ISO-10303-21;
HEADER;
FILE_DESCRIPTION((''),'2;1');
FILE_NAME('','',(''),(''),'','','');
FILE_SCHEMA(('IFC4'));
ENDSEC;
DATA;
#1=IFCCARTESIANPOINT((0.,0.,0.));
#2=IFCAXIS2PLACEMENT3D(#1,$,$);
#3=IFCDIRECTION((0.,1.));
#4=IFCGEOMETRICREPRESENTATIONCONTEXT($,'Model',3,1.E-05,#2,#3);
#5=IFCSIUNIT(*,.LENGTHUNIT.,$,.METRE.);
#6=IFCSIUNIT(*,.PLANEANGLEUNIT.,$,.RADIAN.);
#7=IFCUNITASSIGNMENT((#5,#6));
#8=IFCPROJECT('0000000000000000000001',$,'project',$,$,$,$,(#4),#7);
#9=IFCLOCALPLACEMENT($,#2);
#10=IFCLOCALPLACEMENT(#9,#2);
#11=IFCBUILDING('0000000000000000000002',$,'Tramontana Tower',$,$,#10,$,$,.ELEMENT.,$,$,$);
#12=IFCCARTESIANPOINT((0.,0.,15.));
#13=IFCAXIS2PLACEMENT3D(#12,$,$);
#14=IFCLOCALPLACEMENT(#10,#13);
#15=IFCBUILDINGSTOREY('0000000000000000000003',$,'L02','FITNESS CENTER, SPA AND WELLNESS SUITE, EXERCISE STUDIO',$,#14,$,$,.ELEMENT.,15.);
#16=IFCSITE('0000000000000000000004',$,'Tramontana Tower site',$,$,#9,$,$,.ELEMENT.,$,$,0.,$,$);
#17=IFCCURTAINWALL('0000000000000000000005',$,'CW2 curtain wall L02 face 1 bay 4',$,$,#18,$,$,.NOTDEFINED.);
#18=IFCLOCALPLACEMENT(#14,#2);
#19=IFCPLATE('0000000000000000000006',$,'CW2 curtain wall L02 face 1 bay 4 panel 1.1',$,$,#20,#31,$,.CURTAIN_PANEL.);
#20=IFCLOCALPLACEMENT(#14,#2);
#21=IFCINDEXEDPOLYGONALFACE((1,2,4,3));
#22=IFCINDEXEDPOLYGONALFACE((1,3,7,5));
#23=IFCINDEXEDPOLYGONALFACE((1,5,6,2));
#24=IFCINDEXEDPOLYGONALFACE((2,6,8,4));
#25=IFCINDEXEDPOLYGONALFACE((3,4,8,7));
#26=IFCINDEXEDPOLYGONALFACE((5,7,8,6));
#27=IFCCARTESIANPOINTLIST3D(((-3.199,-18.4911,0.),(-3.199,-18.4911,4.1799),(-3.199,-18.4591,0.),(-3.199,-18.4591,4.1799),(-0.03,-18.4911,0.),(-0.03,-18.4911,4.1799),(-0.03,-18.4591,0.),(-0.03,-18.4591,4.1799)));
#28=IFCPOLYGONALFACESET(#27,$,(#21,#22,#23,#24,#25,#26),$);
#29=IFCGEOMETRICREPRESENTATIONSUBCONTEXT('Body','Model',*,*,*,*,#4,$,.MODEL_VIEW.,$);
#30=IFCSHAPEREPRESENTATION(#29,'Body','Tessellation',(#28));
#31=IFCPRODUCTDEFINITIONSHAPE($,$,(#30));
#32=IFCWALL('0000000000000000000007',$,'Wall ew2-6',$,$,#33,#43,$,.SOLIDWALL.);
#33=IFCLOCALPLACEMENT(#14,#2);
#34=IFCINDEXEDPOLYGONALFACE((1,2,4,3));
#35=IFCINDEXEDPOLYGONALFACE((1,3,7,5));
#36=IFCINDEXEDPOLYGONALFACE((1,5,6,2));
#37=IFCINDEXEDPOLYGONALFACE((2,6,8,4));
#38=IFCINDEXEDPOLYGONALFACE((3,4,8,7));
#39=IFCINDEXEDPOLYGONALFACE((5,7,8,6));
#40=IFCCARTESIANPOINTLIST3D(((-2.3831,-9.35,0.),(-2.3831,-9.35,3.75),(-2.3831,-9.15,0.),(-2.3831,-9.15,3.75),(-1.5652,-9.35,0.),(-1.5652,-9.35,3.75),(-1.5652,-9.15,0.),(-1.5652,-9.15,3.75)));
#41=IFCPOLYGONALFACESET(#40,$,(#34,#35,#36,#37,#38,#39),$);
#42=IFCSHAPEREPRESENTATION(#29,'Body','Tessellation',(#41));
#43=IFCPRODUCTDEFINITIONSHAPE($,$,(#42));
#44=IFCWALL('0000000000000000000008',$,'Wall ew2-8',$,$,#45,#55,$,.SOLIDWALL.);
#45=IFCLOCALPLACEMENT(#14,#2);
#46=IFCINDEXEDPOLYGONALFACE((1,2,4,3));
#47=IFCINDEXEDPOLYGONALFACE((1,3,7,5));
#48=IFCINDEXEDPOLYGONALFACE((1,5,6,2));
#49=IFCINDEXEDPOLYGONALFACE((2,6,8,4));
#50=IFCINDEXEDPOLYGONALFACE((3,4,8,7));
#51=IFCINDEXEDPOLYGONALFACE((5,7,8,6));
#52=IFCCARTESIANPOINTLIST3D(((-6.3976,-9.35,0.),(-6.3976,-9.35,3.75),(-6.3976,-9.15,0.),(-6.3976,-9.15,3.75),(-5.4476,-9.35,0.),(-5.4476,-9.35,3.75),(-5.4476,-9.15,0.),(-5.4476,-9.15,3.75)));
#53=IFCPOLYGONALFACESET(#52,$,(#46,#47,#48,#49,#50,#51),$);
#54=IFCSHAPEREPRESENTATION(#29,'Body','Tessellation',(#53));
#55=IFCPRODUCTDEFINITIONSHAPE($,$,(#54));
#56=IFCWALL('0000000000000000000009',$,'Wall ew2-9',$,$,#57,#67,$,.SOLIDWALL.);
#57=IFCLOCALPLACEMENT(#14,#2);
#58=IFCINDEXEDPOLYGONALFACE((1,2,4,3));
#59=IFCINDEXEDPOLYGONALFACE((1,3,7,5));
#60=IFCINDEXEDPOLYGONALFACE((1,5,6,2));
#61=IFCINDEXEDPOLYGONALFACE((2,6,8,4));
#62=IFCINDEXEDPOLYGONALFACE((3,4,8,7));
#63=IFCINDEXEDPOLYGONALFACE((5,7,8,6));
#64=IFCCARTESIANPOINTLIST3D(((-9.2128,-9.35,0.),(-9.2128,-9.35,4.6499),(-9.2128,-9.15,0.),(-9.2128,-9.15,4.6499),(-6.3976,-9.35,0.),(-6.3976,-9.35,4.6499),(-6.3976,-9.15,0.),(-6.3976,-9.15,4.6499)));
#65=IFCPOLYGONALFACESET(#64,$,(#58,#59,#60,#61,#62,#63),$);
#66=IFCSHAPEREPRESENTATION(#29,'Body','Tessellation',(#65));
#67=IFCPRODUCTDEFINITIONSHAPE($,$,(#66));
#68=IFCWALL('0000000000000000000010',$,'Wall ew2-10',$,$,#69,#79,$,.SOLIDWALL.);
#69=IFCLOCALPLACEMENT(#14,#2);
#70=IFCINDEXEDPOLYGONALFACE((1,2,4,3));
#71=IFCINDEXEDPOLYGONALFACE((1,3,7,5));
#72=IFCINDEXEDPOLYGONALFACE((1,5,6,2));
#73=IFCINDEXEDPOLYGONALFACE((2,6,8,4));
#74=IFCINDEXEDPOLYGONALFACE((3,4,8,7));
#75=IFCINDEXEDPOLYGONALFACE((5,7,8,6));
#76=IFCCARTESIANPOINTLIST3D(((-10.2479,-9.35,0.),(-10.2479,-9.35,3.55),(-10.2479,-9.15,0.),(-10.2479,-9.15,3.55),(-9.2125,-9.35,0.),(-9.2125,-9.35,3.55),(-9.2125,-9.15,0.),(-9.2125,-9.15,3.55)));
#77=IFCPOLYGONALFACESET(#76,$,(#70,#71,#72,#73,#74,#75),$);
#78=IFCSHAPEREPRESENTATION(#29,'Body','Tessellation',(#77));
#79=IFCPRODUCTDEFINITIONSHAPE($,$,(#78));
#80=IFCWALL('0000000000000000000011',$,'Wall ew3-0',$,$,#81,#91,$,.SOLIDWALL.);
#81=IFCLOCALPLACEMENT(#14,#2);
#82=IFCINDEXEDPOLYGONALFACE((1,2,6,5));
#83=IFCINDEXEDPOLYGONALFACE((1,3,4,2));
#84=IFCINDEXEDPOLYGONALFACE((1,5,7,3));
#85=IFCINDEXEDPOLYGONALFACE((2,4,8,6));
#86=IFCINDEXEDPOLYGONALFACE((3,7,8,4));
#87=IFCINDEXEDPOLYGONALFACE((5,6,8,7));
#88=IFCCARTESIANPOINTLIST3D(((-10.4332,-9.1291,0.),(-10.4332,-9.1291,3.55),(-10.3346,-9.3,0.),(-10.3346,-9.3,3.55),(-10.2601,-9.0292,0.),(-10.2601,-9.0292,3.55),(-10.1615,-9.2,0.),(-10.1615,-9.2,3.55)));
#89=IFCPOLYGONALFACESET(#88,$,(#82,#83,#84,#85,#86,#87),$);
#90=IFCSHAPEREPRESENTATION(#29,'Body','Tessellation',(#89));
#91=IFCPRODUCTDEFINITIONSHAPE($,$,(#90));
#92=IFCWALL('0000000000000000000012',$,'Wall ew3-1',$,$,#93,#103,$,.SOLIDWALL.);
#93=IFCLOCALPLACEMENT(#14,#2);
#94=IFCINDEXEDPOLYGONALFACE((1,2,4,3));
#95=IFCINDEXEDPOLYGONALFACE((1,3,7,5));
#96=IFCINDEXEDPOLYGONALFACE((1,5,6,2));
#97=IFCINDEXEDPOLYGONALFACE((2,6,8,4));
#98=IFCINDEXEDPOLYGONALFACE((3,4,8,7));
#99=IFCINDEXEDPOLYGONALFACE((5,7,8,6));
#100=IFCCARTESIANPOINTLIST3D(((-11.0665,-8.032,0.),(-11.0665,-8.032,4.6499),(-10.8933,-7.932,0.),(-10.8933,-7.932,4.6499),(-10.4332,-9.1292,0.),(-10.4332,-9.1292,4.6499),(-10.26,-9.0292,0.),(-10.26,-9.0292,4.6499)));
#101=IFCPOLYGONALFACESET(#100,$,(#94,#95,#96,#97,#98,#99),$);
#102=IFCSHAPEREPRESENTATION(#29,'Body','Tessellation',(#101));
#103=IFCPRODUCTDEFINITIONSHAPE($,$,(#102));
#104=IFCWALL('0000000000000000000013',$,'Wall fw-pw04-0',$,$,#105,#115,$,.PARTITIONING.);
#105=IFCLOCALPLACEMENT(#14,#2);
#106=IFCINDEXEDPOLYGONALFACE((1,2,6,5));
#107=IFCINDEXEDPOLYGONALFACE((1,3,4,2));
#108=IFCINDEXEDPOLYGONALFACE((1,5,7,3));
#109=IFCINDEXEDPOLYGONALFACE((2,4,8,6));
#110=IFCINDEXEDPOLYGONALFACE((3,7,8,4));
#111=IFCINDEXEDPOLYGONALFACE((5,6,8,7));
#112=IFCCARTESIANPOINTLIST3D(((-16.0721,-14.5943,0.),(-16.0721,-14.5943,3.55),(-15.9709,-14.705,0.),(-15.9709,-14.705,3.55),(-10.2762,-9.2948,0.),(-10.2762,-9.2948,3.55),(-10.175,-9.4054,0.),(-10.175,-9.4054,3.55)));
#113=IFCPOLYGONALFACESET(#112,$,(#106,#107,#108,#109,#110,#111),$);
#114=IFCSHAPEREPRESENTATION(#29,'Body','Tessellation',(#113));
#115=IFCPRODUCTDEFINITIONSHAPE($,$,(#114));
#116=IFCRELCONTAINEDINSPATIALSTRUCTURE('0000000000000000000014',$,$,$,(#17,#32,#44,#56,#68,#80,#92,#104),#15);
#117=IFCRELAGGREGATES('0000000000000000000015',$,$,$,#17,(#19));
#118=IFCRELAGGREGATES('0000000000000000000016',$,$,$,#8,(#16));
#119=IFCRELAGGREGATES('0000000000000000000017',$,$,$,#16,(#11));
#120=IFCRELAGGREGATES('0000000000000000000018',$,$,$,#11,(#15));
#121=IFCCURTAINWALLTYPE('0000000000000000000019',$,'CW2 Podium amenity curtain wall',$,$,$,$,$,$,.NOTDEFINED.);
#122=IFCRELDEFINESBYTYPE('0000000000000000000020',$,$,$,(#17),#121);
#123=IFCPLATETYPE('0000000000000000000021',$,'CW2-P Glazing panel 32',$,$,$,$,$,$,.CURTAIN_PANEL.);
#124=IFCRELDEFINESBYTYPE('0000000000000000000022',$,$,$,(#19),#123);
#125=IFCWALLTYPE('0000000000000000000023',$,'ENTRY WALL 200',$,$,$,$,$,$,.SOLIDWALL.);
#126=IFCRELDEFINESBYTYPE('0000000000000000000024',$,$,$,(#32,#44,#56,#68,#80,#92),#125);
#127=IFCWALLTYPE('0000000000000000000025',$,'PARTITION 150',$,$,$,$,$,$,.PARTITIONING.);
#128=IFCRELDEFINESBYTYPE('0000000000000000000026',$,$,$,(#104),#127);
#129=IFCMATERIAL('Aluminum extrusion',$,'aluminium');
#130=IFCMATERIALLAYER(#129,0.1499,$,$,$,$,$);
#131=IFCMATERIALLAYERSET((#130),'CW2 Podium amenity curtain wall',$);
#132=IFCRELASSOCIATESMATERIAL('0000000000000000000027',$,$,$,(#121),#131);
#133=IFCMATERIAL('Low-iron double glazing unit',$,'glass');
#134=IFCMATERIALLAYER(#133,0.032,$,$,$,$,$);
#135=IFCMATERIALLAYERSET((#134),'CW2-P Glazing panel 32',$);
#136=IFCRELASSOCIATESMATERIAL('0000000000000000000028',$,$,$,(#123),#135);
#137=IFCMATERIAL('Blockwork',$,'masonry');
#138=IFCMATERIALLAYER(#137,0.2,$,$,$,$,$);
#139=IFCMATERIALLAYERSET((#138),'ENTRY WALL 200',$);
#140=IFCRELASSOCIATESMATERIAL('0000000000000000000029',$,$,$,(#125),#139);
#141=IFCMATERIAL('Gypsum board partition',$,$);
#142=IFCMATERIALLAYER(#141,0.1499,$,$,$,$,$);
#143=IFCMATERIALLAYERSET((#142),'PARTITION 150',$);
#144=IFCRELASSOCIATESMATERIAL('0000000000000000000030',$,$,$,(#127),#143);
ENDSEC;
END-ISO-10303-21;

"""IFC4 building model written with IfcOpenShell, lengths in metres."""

from ifc_helpers import new_model, si_unit, direction, frame, frame_2d, origin, origin_2d, place, context, subcontext, project, spatial, rectangle, extrude, material, layer, layer_set, type_object, element, aggregate, save


model = new_model("IFC4")

# Units and contexts
model_context = context("Model", 3, precision=1e-05, world=origin(), true_north=direction((0.0, 1.0)))
body_context = subcontext(model_context, "Body", "Model", "MODEL_VIEW")
ifc_project = project(units=[si_unit("LENGTHUNIT", "METRE"), si_unit("PLANEANGLEUNIT", "RADIAN")], contexts=[model_context])

# Site, building, storey
site_placement = place(None, origin())
site = spatial("IfcSite", under=ifc_project, at=site_placement, Name="Tramontana Tower site", CompositionType="ELEMENT", RefElevation=0.0)
building_placement = place(site_placement, origin())
building = spatial("IfcBuilding", under=site, at=building_placement, Name="Tramontana Tower", CompositionType="ELEMENT")
storey_placement = place(building_placement, frame((0.0, 0.0, 15.0)))
storey = spatial("IfcBuildingStorey", under=building, at=storey_placement, Name="L02", Description="FITNESS CENTER, SPA AND WELLNESS SUITE, EXERCISE STUDIO", CompositionType="ELEMENT", Elevation=15.0)

# Shared definitions
ifc_material_1 = material(Name="Aluminum extrusion", Category="aluminium")
ifc_layer_1 = layer(ifc_material_1, 0.1499)
ifc_layer_set_1 = layer_set([ifc_layer_1], Name="CW2 Podium amenity curtain wall")
curtain_wall_type = type_object("IfcCurtainWallType", Name="CW2 Podium amenity curtain wall", PredefinedType="NOTDEFINED", material=ifc_layer_set_1)

# Curtain wall
curtain_wall_1_placement = place(storey_placement, origin())
curtain_wall_1 = element("IfcCurtainWall", 1, at=curtain_wall_1_placement, inside=storey, type_object=curtain_wall_type, Name="CW2 curtain wall L02 face 1 bay 4", PredefinedType="NOTDEFINED")

# Plate
ifc_material_2 = material(Name="Low-iron double glazing unit", Category="glass")
ifc_layer_2 = layer(ifc_material_2, 0.032)
ifc_layer_set_2 = layer_set([ifc_layer_2], Name="CW2-P Glazing panel 32")
plate_type = type_object("IfcPlateType", Name="CW2-P Glazing panel 32", PredefinedType="CURTAIN_PANEL", material=ifc_layer_set_2)
plate_1_placement = place(storey_placement, frame((-1.6145, -18.4751, 0.0), z_axis=(0.0, 0.0, 1.0), x_axis=(1.0, 0.0, 0.0)))
plate_1 = element("IfcPlate", 2, at=plate_1_placement, type_object=plate_type, Name="CW2 curtain wall L02 face 1 bay 4 panel 1.1", PredefinedType="CURTAIN_PANEL", context=body_context, shape_type="SweptSolid", body=[
    extrude(rectangle(XDim=3.1689, YDim=0.032, at=origin_2d()), origin(), (0.0, 0.0, 1.0), 4.1799),
])
aggregate(curtain_wall_1, [plate_1])

# Wall
ifc_material_3 = material(Name="Blockwork", Category="masonry")
ifc_layer_3 = layer(ifc_material_3, 0.2)
ifc_layer_set_3 = layer_set([ifc_layer_3], Name="ENTRY WALL 200")
wall_type_1 = type_object("IfcWallType", Name="ENTRY WALL 200", PredefinedType="SOLIDWALL", material=ifc_layer_set_3)
wall_1_placement = place(storey_placement, frame((-1.5652, -9.25, 0.0), z_axis=(0.0, 0.0, 1.0), x_axis=(-1.0, 0.0, 0.0)))
element("IfcWall", 3, at=wall_1_placement, inside=storey, type_object=wall_type_1, Name="Wall ew2-6", PredefinedType="SOLIDWALL", context=body_context, shape_type="SweptSolid", body=[
    extrude(rectangle(XDim=0.8179, YDim=0.2, at=frame_2d((0.4089, 0.0))), origin(), (0.0, 0.0, 1.0), 3.75),
])

# Walls
wall_2_placement = place(storey_placement, frame((-5.4475, -9.25, 0.0), z_axis=(0.0, 0.0, 1.0), x_axis=(-1.0, 0.0, 0.0)))
element("IfcWall", 4, at=wall_2_placement, inside=storey, type_object=wall_type_1, Name="Wall ew2-8", PredefinedType="SOLIDWALL", context=body_context, shape_type="SweptSolid", body=[
    extrude(rectangle(XDim=0.95, YDim=0.2, at=frame_2d((0.4751, 0.0))), origin(), (0.0, 0.0, 1.0), 3.75),
])
wall_3_placement = place(storey_placement, frame((-6.3975, -9.25, 0.0), z_axis=(0.0, 0.0, 1.0), x_axis=(-1.0, 0.0, 0.0)))
element("IfcWall", 5, at=wall_3_placement, inside=storey, type_object=wall_type_1, Name="Wall ew2-9", PredefinedType="SOLIDWALL", context=body_context, shape_type="SweptSolid", body=[
    extrude(rectangle(XDim=2.8152, YDim=0.2, at=frame_2d((1.4077, 0.0))), origin(), (0.0, 0.0, 1.0), 4.6499),
])
wall_4_placement = place(storey_placement, frame((-9.2126, -9.25, 0.0), z_axis=(0.0, 0.0, 1.0), x_axis=(-1.0, 0.0, 0.0)))
element("IfcWall", 6, at=wall_4_placement, inside=storey, type_object=wall_type_1, Name="Wall ew2-10", PredefinedType="SOLIDWALL", context=body_context, shape_type="SweptSolid", body=[
    extrude(rectangle(XDim=1.0354, YDim=0.2, at=frame_2d((0.5176, 0.0))), origin(), (0.0, 0.0, 1.0), 3.55),
])
wall_5_placement = place(storey_placement, frame((-10.248, -9.25, 0.0), z_axis=(0.0, 0.0, 1.0), x_axis=(-0.499865, 0.866103, 0.0)))
element("IfcWall", 7, at=wall_5_placement, inside=storey, type_object=wall_type_1, Name="Wall ew3-0", PredefinedType="SOLIDWALL", context=body_context, shape_type="SweptSolid", body=[
    extrude(rectangle(XDim=0.1973, YDim=0.2, at=frame_2d((0.0986, 0.0))), origin(), (0.0, 0.0, 1.0), 3.55),
])
wall_6_placement = place(storey_placement, frame((-10.3467, -9.0791, 0.0), z_axis=(0.0, 0.0, 1.0), x_axis=(-0.499912, 0.866076, 0.0)))
element("IfcWall", 8, at=wall_6_placement, inside=storey, type_object=wall_type_1, Name="Wall ew3-1", PredefinedType="SOLIDWALL", context=body_context, shape_type="SweptSolid", body=[
    extrude(rectangle(XDim=1.2668, YDim=0.2, at=frame_2d((0.6333, 0.0))), origin(), (0.0, 0.0, 1.0), 4.6499),
])

# Wall
ifc_material_4 = material(Name="Gypsum board partition")
ifc_layer_4 = layer(ifc_material_4, 0.1499)
ifc_layer_set_4 = layer_set([ifc_layer_4], Name="PARTITION 150")
wall_type_2 = type_object("IfcWallType", Name="PARTITION 150", PredefinedType="PARTITIONING", material=ifc_layer_set_4)
wall_7_placement = place(storey_placement, frame((-10.2256, -9.3501, 0.0), z_axis=(0.0, 0.0, 1.0), x_axis=(-0.738, -0.674801, 0.0)))
element("IfcWall", 9, at=wall_7_placement, inside=storey, type_object=wall_type_2, Name="Wall fw-pw04-0", PredefinedType="PARTITIONING", context=body_context, shape_type="SweptSolid", body=[
    extrude(rectangle(XDim=7.8535, YDim=0.1499, at=frame_2d((3.9268, 0.0))), origin(), (0.0, 0.0, 1.0), 3.55),
])

save(model, "model.ifc")
